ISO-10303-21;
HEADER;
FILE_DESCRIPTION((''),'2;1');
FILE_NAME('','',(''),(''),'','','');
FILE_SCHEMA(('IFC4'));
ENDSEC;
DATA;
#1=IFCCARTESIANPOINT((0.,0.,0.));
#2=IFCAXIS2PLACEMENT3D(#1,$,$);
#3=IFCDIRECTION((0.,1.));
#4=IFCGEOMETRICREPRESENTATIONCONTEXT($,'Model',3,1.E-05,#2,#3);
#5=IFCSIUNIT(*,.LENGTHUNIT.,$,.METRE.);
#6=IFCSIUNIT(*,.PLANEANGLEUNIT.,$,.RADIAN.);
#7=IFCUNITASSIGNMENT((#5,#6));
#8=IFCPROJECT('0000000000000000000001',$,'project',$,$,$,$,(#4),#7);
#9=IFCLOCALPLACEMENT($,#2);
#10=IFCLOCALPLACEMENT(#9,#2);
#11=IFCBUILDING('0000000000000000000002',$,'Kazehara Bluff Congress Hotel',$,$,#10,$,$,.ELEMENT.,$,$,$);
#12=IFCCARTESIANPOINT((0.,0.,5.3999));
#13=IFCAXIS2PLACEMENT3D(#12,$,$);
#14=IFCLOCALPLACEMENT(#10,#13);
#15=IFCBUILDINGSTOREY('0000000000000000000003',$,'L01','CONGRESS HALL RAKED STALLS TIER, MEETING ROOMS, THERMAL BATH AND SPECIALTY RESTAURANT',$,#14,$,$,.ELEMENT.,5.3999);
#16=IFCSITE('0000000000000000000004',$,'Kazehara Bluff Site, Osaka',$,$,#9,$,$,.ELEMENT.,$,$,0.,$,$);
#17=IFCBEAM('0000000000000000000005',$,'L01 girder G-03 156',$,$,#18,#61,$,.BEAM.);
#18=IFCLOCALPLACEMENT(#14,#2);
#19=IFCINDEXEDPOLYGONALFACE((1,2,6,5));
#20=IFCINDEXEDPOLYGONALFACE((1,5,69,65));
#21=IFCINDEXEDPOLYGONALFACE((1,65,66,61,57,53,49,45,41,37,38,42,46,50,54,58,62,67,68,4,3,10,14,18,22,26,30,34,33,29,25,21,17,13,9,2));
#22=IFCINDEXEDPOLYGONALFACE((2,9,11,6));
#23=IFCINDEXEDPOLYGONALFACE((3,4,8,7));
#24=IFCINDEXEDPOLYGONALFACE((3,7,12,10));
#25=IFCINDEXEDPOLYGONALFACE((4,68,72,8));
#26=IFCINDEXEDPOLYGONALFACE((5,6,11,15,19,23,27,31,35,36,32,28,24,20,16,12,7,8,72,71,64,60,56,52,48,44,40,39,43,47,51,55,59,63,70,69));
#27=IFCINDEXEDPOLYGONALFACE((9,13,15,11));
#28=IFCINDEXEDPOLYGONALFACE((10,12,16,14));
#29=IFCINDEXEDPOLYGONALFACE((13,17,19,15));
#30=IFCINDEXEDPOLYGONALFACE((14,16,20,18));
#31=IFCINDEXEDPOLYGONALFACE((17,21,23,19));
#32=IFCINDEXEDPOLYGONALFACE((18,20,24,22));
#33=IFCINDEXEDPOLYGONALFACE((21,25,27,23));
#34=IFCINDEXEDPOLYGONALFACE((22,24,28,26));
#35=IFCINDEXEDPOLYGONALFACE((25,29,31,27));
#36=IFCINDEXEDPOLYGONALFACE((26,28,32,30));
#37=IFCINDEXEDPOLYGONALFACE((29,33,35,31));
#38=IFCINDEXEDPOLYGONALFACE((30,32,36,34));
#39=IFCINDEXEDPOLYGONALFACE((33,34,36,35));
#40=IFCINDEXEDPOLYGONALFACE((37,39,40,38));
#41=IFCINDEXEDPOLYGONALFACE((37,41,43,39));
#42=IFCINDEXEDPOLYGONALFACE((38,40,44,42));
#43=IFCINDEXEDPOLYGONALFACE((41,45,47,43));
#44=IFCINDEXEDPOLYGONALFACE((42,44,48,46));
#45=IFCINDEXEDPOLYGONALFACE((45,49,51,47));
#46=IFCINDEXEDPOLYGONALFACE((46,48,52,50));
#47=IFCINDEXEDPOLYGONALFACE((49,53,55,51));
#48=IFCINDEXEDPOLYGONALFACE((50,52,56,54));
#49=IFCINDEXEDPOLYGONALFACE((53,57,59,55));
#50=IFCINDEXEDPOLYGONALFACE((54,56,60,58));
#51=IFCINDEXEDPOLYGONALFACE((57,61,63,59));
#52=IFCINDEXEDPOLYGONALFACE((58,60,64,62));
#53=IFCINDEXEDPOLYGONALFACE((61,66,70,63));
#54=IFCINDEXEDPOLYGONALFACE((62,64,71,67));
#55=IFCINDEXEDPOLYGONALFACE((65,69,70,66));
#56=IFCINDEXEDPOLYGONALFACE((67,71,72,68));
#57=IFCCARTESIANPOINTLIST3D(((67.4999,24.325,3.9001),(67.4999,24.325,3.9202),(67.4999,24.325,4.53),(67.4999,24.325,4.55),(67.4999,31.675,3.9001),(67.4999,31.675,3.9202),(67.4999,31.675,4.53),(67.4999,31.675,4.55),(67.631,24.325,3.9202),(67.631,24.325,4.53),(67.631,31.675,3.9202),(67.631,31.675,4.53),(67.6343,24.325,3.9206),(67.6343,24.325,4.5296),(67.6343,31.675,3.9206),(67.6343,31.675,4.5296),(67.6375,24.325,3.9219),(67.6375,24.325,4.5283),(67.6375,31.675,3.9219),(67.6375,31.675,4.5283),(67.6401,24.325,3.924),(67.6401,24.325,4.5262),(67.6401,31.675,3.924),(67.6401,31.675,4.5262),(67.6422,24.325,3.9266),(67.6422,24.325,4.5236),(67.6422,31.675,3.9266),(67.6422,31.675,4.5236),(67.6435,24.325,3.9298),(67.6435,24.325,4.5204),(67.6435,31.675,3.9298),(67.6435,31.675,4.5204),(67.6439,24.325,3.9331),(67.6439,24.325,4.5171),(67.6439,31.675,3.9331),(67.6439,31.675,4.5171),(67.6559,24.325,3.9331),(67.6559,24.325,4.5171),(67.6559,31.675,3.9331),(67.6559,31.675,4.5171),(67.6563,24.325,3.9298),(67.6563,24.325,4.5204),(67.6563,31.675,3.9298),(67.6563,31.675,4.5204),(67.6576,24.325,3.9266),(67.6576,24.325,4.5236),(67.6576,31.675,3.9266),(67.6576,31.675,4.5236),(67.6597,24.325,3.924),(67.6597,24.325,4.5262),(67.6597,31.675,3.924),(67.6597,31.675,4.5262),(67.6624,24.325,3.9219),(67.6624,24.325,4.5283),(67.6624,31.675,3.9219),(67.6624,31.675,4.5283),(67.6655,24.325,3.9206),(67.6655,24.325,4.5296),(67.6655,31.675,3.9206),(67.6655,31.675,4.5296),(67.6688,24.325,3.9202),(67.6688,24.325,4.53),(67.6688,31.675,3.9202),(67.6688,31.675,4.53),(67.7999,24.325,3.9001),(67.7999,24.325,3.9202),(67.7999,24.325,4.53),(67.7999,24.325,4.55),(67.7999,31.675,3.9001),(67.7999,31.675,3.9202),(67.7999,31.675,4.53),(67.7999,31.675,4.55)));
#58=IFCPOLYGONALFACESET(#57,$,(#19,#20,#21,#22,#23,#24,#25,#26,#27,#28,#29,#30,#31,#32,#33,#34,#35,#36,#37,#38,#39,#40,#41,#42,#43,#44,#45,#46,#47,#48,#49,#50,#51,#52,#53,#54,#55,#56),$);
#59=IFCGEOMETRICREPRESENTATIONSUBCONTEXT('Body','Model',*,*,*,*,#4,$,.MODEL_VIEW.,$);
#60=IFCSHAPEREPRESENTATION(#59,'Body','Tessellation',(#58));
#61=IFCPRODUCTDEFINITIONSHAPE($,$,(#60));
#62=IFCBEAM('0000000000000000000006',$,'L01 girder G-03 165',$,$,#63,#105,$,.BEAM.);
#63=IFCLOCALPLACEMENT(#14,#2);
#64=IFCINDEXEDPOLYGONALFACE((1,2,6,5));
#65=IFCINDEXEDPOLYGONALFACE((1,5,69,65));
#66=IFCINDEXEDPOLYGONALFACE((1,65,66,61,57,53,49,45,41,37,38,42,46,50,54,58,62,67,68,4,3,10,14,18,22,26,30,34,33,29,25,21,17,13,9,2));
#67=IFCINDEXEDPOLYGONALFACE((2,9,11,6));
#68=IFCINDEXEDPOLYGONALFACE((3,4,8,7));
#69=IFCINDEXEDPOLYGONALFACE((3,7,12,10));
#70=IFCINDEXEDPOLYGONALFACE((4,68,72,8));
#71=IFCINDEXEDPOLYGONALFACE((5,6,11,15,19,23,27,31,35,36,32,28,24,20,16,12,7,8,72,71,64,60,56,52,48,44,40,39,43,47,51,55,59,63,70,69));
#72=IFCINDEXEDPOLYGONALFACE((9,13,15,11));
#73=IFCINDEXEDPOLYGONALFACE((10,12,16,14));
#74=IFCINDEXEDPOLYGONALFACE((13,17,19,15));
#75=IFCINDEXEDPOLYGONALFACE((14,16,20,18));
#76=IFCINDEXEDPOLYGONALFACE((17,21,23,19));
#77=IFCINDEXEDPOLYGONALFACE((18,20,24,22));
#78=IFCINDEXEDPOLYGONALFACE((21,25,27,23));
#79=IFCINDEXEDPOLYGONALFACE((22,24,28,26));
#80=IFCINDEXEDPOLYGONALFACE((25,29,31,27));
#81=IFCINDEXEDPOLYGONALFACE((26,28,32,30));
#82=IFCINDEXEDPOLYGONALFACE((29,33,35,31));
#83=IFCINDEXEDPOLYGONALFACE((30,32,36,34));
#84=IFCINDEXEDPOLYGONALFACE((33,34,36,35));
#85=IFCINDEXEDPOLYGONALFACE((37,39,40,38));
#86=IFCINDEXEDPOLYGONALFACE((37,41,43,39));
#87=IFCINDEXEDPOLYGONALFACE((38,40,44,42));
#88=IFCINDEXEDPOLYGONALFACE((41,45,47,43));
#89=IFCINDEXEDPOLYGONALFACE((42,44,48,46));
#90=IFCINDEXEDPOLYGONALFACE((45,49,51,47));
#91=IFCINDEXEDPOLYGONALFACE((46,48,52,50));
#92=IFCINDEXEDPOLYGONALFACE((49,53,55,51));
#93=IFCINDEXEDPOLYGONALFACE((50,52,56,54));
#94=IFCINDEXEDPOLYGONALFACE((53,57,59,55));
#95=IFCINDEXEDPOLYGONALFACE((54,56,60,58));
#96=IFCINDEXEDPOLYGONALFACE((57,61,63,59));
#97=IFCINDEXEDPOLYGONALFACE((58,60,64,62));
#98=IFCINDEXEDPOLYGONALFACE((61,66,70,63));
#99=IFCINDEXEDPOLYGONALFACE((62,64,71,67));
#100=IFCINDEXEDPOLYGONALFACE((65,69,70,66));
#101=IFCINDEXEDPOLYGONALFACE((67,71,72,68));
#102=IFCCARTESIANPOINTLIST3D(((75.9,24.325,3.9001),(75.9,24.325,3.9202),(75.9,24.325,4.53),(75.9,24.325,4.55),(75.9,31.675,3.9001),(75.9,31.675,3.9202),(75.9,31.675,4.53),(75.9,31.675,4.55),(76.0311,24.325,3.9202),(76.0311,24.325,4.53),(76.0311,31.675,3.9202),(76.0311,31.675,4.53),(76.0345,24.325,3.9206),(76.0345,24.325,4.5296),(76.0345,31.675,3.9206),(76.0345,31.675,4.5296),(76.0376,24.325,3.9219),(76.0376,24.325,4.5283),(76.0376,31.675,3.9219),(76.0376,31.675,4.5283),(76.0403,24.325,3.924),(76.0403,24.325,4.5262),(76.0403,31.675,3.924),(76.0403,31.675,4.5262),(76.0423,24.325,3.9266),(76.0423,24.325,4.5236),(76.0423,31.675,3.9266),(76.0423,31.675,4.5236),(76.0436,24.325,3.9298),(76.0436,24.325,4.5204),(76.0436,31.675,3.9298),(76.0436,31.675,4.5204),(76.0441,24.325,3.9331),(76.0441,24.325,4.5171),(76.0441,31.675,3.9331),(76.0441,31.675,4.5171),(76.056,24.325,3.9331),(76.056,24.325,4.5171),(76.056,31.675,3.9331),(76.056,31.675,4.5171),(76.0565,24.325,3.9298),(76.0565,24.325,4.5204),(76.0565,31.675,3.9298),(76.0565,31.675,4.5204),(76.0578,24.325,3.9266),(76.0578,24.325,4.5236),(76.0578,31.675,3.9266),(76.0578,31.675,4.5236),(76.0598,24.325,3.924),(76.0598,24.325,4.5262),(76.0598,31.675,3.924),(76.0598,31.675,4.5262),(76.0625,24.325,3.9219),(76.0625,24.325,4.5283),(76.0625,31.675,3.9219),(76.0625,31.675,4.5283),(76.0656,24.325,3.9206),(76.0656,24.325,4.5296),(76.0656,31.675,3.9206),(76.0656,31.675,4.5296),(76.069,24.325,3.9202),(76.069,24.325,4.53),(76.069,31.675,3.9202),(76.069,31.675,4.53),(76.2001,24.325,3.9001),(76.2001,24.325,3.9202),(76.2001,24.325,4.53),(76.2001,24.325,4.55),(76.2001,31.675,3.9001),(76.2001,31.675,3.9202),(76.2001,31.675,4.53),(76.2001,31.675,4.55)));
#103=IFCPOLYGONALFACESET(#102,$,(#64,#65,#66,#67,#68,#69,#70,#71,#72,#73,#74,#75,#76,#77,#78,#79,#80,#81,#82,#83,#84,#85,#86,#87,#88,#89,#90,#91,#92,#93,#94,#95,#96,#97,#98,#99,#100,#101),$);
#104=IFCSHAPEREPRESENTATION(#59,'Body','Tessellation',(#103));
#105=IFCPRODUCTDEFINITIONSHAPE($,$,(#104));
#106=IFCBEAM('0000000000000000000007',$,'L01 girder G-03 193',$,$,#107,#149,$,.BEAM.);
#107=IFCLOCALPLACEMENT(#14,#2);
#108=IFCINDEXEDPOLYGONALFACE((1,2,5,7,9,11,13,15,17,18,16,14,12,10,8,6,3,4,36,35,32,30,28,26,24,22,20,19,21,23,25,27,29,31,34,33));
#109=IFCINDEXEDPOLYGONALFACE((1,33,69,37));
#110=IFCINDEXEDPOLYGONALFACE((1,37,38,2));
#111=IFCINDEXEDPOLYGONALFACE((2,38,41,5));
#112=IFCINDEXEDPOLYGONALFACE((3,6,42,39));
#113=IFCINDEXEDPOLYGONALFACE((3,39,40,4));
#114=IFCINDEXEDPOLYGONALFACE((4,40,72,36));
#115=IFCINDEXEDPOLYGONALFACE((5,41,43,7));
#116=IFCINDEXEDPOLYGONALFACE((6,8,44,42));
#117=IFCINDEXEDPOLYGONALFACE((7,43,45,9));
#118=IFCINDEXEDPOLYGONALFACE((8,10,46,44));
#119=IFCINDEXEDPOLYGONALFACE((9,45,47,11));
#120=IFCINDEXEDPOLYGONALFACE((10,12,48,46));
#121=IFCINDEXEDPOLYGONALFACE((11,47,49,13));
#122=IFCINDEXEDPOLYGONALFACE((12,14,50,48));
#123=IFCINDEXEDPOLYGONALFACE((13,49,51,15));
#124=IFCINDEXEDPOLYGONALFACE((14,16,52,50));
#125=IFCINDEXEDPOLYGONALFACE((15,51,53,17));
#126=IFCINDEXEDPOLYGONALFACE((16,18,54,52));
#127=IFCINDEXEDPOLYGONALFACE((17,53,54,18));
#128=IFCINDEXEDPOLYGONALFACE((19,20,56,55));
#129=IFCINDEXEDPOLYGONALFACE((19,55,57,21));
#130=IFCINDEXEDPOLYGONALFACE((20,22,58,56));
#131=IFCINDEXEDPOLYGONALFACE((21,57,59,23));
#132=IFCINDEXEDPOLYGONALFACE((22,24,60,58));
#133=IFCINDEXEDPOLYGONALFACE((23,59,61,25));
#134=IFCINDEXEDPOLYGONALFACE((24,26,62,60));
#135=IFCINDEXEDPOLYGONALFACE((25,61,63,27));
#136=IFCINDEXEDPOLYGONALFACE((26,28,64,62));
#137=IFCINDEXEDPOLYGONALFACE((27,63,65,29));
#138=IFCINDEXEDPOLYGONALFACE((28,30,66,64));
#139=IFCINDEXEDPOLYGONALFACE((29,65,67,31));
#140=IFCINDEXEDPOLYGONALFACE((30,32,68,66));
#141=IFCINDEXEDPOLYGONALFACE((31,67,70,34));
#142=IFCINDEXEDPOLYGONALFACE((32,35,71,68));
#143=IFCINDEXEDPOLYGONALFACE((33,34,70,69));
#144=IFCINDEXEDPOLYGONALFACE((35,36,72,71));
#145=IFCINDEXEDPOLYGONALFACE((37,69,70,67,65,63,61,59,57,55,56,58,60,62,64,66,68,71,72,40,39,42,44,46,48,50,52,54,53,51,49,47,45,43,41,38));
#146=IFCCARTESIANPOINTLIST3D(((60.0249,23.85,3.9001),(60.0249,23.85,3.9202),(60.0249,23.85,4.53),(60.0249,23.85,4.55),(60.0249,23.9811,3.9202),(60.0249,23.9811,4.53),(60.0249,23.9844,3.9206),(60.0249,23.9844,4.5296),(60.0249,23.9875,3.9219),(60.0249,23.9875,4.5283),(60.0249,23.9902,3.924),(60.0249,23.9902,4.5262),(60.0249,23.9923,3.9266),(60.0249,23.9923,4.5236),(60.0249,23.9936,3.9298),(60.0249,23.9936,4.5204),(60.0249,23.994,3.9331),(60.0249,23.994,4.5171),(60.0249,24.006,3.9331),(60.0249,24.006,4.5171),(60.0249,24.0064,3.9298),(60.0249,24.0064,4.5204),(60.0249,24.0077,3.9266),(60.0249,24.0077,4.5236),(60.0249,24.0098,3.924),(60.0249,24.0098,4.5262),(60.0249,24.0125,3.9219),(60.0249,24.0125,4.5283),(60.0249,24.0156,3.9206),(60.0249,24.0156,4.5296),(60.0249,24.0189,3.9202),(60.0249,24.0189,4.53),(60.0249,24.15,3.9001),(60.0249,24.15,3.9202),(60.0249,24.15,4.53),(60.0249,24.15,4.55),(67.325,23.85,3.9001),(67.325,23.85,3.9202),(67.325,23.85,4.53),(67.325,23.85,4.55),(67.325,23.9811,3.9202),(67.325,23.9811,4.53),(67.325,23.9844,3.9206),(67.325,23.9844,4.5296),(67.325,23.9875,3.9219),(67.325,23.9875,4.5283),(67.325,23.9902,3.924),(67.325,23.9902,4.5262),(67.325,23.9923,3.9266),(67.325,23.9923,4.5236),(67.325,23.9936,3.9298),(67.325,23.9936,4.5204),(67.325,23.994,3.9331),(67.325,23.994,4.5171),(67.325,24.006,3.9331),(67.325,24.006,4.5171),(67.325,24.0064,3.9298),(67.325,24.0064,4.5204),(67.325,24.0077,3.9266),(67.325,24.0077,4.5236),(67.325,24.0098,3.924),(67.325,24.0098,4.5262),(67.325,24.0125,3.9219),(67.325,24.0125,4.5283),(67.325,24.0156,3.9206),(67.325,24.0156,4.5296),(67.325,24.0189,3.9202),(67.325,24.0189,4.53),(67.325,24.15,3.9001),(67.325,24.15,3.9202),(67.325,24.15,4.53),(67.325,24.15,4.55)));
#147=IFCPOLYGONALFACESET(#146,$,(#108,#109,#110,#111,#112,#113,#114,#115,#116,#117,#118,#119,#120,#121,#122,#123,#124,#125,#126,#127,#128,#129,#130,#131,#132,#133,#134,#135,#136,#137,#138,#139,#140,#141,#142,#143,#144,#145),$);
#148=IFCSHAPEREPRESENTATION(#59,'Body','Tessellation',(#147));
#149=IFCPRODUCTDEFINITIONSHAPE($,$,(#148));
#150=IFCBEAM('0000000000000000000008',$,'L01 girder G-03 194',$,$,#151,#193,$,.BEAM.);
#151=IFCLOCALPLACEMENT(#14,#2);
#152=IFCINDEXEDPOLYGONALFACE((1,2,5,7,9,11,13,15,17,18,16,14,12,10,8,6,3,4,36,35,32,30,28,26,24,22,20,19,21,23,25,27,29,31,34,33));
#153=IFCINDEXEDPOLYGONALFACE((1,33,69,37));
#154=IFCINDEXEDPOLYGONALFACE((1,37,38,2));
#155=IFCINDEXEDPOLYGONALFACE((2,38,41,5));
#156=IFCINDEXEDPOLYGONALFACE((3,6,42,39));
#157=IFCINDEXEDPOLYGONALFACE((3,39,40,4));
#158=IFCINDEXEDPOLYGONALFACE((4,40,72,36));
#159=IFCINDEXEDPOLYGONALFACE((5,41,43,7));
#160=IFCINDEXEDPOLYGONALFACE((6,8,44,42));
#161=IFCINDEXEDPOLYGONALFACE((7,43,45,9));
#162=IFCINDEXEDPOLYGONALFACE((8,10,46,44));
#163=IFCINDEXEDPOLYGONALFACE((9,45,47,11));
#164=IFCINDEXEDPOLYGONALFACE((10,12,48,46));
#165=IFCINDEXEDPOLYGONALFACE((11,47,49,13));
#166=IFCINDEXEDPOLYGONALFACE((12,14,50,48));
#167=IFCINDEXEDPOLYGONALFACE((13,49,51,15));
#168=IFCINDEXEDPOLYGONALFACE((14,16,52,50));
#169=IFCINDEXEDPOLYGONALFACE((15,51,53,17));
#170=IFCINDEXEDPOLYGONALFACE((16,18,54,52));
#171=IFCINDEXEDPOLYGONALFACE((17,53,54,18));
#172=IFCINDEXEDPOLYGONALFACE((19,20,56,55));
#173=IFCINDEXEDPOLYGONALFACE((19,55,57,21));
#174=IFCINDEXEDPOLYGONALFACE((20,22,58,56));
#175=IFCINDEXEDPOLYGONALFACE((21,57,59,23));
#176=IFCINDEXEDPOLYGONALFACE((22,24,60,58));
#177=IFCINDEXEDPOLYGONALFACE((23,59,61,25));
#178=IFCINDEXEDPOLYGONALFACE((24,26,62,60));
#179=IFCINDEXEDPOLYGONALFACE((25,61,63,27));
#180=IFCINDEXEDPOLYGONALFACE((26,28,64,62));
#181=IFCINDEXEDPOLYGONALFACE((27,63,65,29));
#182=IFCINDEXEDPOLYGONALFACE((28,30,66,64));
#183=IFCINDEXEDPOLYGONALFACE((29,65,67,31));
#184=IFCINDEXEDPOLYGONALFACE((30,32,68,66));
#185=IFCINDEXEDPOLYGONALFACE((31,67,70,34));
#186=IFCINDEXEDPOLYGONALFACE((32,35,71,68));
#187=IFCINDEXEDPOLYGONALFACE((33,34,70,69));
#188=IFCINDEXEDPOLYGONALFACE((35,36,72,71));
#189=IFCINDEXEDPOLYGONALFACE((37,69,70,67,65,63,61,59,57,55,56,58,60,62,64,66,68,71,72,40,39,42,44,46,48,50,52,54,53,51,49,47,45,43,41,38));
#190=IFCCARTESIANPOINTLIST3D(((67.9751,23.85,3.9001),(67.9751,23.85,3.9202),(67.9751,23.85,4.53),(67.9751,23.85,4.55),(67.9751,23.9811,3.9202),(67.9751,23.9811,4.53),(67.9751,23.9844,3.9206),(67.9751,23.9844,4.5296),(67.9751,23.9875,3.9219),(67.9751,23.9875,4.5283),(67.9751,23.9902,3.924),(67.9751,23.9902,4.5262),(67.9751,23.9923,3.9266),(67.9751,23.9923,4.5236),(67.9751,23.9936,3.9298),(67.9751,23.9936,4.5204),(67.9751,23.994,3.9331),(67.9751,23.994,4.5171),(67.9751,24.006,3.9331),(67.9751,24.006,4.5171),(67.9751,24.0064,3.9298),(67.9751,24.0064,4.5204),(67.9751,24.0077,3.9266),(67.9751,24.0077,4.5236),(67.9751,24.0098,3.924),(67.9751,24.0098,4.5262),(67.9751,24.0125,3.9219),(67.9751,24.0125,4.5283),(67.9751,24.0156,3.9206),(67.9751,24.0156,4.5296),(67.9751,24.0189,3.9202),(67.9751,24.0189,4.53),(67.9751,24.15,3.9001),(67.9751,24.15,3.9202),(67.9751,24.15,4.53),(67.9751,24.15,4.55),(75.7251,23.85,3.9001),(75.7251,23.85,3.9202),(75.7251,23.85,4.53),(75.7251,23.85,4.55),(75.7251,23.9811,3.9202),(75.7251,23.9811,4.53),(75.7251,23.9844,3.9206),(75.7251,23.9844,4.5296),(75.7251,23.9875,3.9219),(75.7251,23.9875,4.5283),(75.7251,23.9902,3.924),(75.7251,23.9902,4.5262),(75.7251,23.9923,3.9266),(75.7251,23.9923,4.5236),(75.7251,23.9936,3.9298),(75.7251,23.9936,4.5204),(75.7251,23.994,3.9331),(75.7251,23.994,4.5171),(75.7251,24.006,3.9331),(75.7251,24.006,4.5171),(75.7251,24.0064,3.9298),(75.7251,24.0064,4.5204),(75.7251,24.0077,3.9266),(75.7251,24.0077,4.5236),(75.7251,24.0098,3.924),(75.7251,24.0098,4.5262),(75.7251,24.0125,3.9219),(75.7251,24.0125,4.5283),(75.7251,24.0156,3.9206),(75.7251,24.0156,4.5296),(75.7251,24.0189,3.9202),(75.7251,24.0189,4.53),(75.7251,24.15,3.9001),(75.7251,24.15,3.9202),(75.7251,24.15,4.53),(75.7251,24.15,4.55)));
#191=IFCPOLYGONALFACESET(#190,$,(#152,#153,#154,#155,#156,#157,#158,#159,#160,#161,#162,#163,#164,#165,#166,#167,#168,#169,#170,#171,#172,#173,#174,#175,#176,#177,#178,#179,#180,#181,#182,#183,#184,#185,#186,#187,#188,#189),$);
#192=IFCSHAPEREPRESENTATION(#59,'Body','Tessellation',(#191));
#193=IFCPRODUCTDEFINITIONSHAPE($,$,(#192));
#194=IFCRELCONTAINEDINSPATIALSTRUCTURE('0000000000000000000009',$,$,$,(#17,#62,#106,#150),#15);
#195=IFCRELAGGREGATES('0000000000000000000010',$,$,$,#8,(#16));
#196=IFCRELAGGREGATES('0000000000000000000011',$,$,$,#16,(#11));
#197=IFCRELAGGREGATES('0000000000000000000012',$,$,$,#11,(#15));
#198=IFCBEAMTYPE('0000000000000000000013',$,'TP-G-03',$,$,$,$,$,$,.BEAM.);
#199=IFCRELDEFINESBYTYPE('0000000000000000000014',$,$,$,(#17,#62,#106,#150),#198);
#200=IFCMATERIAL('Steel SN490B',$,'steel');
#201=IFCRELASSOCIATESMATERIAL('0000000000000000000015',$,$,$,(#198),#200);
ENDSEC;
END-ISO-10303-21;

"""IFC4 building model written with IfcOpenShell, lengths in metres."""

from ifc_helpers import new_model, si_unit, direction, frame, origin, origin_2d, place, context, subcontext, project, spatial, i_section, extrude, material, material_profile, profile_set, type_object, element, save


model = new_model("IFC4")

# Units and contexts
model_context = context("Model", 3, precision=1e-05, world=origin(), true_north=direction((0.0, 1.0)))
body_context = subcontext(model_context, "Body", "Model", "MODEL_VIEW")
ifc_project = project(units=[si_unit("LENGTHUNIT", "METRE"), si_unit("PLANEANGLEUNIT", "RADIAN")], contexts=[model_context])

# Site, building, storey
site_placement = place(None, origin())
site = spatial("IfcSite", under=ifc_project, at=site_placement, Name="Kazehara Bluff Site, Osaka", CompositionType="ELEMENT", RefElevation=0.0)
building_placement = place(site_placement, origin())
building = spatial("IfcBuilding", under=site, at=building_placement, Name="Kazehara Bluff Congress Hotel", CompositionType="ELEMENT")
storey_placement = place(building_placement, frame((0.0, 0.0, 5.3999)))
storey = spatial("IfcBuildingStorey", under=building, at=storey_placement, Name="L01", Description="CONGRESS HALL RAKED STALLS TIER, MEETING ROOMS, THERMAL BATH AND SPECIALTY RESTAURANT", CompositionType="ELEMENT", Elevation=5.3999)

# Beams
ifc_material_1 = material(Name="Steel SN490B", Category="steel")
ifc_material_profile_1 = material_profile(ifc_material_1, i_section(OverallWidth=0.3, OverallDepth=0.6499, WebThickness=0.012, FlangeThickness=0.02, FilletRadius=0.0129, at=origin_2d()))
ifc_profile_set_1 = profile_set([ifc_material_profile_1], Name="Steel SN490B")
beam_type_1 = type_object("IfcBeamType", Name="TP-G-03", PredefinedType="BEAM", material=ifc_profile_set_1)
for number, where, z_axis, x_axis, name in (
    (1, (67.6499, 24.325, 4.2251), (0.0, 1.0, 0.0), (-1.0, 0.0, 0.0), "L01 girder G-03 156"),
    (2, (76.05, 24.325, 4.2251), (0.0, 1.0, 0.0), (-1.0, 0.0, 0.0), "L01 girder G-03 165"),
):
    element("IfcBeam", number, at=place(storey_placement, frame(where, z_axis=z_axis, x_axis=x_axis)), inside=storey, type_object=beam_type_1, Name=name, PredefinedType="BEAM", context=body_context, shape_type="SweptSolid", body=[
        extrude(i_section(OverallWidth=0.3, OverallDepth=0.6499, WebThickness=0.012, FlangeThickness=0.02, FilletRadius=0.0129, at=origin_2d()), origin(), (0.0, 0.0, 1.0), 7.3501),
    ])
beam_1_placement = place(storey_placement, frame((60.0249, 24.0, 4.2251), z_axis=(1.0, 0.0, 0.0), x_axis=(0.0, 1.0, 0.0)))
element("IfcBeam", 3, at=beam_1_placement, inside=storey, type_object=beam_type_1, Name="L01 girder G-03 193", PredefinedType="BEAM", context=body_context, shape_type="SweptSolid", body=[
    extrude(i_section(OverallWidth=0.3, OverallDepth=0.6499, WebThickness=0.012, FlangeThickness=0.02, FilletRadius=0.0129, at=origin_2d()), origin(), (0.0, 0.0, 1.0), 7.3),
])
for number, where, z_axis, x_axis, name in (
    (4, (67.9751, 24.0, 4.2251), (1.0, 0.0, 0.0), (0.0, 1.0, 0.0), "L01 girder G-03 194"),
):
    element("IfcBeam", number, at=place(storey_placement, frame(where, z_axis=z_axis, x_axis=x_axis)), inside=storey, type_object=beam_type_1, Name=name, PredefinedType="BEAM", context=body_context, shape_type="SweptSolid", body=[
        extrude(i_section(OverallWidth=0.3, OverallDepth=0.6499, WebThickness=0.012, FlangeThickness=0.02, FilletRadius=0.0129, at=origin_2d()), origin(), (0.0, 0.0, 1.0), 7.75),
    ])

save(model, "model.ifc")
